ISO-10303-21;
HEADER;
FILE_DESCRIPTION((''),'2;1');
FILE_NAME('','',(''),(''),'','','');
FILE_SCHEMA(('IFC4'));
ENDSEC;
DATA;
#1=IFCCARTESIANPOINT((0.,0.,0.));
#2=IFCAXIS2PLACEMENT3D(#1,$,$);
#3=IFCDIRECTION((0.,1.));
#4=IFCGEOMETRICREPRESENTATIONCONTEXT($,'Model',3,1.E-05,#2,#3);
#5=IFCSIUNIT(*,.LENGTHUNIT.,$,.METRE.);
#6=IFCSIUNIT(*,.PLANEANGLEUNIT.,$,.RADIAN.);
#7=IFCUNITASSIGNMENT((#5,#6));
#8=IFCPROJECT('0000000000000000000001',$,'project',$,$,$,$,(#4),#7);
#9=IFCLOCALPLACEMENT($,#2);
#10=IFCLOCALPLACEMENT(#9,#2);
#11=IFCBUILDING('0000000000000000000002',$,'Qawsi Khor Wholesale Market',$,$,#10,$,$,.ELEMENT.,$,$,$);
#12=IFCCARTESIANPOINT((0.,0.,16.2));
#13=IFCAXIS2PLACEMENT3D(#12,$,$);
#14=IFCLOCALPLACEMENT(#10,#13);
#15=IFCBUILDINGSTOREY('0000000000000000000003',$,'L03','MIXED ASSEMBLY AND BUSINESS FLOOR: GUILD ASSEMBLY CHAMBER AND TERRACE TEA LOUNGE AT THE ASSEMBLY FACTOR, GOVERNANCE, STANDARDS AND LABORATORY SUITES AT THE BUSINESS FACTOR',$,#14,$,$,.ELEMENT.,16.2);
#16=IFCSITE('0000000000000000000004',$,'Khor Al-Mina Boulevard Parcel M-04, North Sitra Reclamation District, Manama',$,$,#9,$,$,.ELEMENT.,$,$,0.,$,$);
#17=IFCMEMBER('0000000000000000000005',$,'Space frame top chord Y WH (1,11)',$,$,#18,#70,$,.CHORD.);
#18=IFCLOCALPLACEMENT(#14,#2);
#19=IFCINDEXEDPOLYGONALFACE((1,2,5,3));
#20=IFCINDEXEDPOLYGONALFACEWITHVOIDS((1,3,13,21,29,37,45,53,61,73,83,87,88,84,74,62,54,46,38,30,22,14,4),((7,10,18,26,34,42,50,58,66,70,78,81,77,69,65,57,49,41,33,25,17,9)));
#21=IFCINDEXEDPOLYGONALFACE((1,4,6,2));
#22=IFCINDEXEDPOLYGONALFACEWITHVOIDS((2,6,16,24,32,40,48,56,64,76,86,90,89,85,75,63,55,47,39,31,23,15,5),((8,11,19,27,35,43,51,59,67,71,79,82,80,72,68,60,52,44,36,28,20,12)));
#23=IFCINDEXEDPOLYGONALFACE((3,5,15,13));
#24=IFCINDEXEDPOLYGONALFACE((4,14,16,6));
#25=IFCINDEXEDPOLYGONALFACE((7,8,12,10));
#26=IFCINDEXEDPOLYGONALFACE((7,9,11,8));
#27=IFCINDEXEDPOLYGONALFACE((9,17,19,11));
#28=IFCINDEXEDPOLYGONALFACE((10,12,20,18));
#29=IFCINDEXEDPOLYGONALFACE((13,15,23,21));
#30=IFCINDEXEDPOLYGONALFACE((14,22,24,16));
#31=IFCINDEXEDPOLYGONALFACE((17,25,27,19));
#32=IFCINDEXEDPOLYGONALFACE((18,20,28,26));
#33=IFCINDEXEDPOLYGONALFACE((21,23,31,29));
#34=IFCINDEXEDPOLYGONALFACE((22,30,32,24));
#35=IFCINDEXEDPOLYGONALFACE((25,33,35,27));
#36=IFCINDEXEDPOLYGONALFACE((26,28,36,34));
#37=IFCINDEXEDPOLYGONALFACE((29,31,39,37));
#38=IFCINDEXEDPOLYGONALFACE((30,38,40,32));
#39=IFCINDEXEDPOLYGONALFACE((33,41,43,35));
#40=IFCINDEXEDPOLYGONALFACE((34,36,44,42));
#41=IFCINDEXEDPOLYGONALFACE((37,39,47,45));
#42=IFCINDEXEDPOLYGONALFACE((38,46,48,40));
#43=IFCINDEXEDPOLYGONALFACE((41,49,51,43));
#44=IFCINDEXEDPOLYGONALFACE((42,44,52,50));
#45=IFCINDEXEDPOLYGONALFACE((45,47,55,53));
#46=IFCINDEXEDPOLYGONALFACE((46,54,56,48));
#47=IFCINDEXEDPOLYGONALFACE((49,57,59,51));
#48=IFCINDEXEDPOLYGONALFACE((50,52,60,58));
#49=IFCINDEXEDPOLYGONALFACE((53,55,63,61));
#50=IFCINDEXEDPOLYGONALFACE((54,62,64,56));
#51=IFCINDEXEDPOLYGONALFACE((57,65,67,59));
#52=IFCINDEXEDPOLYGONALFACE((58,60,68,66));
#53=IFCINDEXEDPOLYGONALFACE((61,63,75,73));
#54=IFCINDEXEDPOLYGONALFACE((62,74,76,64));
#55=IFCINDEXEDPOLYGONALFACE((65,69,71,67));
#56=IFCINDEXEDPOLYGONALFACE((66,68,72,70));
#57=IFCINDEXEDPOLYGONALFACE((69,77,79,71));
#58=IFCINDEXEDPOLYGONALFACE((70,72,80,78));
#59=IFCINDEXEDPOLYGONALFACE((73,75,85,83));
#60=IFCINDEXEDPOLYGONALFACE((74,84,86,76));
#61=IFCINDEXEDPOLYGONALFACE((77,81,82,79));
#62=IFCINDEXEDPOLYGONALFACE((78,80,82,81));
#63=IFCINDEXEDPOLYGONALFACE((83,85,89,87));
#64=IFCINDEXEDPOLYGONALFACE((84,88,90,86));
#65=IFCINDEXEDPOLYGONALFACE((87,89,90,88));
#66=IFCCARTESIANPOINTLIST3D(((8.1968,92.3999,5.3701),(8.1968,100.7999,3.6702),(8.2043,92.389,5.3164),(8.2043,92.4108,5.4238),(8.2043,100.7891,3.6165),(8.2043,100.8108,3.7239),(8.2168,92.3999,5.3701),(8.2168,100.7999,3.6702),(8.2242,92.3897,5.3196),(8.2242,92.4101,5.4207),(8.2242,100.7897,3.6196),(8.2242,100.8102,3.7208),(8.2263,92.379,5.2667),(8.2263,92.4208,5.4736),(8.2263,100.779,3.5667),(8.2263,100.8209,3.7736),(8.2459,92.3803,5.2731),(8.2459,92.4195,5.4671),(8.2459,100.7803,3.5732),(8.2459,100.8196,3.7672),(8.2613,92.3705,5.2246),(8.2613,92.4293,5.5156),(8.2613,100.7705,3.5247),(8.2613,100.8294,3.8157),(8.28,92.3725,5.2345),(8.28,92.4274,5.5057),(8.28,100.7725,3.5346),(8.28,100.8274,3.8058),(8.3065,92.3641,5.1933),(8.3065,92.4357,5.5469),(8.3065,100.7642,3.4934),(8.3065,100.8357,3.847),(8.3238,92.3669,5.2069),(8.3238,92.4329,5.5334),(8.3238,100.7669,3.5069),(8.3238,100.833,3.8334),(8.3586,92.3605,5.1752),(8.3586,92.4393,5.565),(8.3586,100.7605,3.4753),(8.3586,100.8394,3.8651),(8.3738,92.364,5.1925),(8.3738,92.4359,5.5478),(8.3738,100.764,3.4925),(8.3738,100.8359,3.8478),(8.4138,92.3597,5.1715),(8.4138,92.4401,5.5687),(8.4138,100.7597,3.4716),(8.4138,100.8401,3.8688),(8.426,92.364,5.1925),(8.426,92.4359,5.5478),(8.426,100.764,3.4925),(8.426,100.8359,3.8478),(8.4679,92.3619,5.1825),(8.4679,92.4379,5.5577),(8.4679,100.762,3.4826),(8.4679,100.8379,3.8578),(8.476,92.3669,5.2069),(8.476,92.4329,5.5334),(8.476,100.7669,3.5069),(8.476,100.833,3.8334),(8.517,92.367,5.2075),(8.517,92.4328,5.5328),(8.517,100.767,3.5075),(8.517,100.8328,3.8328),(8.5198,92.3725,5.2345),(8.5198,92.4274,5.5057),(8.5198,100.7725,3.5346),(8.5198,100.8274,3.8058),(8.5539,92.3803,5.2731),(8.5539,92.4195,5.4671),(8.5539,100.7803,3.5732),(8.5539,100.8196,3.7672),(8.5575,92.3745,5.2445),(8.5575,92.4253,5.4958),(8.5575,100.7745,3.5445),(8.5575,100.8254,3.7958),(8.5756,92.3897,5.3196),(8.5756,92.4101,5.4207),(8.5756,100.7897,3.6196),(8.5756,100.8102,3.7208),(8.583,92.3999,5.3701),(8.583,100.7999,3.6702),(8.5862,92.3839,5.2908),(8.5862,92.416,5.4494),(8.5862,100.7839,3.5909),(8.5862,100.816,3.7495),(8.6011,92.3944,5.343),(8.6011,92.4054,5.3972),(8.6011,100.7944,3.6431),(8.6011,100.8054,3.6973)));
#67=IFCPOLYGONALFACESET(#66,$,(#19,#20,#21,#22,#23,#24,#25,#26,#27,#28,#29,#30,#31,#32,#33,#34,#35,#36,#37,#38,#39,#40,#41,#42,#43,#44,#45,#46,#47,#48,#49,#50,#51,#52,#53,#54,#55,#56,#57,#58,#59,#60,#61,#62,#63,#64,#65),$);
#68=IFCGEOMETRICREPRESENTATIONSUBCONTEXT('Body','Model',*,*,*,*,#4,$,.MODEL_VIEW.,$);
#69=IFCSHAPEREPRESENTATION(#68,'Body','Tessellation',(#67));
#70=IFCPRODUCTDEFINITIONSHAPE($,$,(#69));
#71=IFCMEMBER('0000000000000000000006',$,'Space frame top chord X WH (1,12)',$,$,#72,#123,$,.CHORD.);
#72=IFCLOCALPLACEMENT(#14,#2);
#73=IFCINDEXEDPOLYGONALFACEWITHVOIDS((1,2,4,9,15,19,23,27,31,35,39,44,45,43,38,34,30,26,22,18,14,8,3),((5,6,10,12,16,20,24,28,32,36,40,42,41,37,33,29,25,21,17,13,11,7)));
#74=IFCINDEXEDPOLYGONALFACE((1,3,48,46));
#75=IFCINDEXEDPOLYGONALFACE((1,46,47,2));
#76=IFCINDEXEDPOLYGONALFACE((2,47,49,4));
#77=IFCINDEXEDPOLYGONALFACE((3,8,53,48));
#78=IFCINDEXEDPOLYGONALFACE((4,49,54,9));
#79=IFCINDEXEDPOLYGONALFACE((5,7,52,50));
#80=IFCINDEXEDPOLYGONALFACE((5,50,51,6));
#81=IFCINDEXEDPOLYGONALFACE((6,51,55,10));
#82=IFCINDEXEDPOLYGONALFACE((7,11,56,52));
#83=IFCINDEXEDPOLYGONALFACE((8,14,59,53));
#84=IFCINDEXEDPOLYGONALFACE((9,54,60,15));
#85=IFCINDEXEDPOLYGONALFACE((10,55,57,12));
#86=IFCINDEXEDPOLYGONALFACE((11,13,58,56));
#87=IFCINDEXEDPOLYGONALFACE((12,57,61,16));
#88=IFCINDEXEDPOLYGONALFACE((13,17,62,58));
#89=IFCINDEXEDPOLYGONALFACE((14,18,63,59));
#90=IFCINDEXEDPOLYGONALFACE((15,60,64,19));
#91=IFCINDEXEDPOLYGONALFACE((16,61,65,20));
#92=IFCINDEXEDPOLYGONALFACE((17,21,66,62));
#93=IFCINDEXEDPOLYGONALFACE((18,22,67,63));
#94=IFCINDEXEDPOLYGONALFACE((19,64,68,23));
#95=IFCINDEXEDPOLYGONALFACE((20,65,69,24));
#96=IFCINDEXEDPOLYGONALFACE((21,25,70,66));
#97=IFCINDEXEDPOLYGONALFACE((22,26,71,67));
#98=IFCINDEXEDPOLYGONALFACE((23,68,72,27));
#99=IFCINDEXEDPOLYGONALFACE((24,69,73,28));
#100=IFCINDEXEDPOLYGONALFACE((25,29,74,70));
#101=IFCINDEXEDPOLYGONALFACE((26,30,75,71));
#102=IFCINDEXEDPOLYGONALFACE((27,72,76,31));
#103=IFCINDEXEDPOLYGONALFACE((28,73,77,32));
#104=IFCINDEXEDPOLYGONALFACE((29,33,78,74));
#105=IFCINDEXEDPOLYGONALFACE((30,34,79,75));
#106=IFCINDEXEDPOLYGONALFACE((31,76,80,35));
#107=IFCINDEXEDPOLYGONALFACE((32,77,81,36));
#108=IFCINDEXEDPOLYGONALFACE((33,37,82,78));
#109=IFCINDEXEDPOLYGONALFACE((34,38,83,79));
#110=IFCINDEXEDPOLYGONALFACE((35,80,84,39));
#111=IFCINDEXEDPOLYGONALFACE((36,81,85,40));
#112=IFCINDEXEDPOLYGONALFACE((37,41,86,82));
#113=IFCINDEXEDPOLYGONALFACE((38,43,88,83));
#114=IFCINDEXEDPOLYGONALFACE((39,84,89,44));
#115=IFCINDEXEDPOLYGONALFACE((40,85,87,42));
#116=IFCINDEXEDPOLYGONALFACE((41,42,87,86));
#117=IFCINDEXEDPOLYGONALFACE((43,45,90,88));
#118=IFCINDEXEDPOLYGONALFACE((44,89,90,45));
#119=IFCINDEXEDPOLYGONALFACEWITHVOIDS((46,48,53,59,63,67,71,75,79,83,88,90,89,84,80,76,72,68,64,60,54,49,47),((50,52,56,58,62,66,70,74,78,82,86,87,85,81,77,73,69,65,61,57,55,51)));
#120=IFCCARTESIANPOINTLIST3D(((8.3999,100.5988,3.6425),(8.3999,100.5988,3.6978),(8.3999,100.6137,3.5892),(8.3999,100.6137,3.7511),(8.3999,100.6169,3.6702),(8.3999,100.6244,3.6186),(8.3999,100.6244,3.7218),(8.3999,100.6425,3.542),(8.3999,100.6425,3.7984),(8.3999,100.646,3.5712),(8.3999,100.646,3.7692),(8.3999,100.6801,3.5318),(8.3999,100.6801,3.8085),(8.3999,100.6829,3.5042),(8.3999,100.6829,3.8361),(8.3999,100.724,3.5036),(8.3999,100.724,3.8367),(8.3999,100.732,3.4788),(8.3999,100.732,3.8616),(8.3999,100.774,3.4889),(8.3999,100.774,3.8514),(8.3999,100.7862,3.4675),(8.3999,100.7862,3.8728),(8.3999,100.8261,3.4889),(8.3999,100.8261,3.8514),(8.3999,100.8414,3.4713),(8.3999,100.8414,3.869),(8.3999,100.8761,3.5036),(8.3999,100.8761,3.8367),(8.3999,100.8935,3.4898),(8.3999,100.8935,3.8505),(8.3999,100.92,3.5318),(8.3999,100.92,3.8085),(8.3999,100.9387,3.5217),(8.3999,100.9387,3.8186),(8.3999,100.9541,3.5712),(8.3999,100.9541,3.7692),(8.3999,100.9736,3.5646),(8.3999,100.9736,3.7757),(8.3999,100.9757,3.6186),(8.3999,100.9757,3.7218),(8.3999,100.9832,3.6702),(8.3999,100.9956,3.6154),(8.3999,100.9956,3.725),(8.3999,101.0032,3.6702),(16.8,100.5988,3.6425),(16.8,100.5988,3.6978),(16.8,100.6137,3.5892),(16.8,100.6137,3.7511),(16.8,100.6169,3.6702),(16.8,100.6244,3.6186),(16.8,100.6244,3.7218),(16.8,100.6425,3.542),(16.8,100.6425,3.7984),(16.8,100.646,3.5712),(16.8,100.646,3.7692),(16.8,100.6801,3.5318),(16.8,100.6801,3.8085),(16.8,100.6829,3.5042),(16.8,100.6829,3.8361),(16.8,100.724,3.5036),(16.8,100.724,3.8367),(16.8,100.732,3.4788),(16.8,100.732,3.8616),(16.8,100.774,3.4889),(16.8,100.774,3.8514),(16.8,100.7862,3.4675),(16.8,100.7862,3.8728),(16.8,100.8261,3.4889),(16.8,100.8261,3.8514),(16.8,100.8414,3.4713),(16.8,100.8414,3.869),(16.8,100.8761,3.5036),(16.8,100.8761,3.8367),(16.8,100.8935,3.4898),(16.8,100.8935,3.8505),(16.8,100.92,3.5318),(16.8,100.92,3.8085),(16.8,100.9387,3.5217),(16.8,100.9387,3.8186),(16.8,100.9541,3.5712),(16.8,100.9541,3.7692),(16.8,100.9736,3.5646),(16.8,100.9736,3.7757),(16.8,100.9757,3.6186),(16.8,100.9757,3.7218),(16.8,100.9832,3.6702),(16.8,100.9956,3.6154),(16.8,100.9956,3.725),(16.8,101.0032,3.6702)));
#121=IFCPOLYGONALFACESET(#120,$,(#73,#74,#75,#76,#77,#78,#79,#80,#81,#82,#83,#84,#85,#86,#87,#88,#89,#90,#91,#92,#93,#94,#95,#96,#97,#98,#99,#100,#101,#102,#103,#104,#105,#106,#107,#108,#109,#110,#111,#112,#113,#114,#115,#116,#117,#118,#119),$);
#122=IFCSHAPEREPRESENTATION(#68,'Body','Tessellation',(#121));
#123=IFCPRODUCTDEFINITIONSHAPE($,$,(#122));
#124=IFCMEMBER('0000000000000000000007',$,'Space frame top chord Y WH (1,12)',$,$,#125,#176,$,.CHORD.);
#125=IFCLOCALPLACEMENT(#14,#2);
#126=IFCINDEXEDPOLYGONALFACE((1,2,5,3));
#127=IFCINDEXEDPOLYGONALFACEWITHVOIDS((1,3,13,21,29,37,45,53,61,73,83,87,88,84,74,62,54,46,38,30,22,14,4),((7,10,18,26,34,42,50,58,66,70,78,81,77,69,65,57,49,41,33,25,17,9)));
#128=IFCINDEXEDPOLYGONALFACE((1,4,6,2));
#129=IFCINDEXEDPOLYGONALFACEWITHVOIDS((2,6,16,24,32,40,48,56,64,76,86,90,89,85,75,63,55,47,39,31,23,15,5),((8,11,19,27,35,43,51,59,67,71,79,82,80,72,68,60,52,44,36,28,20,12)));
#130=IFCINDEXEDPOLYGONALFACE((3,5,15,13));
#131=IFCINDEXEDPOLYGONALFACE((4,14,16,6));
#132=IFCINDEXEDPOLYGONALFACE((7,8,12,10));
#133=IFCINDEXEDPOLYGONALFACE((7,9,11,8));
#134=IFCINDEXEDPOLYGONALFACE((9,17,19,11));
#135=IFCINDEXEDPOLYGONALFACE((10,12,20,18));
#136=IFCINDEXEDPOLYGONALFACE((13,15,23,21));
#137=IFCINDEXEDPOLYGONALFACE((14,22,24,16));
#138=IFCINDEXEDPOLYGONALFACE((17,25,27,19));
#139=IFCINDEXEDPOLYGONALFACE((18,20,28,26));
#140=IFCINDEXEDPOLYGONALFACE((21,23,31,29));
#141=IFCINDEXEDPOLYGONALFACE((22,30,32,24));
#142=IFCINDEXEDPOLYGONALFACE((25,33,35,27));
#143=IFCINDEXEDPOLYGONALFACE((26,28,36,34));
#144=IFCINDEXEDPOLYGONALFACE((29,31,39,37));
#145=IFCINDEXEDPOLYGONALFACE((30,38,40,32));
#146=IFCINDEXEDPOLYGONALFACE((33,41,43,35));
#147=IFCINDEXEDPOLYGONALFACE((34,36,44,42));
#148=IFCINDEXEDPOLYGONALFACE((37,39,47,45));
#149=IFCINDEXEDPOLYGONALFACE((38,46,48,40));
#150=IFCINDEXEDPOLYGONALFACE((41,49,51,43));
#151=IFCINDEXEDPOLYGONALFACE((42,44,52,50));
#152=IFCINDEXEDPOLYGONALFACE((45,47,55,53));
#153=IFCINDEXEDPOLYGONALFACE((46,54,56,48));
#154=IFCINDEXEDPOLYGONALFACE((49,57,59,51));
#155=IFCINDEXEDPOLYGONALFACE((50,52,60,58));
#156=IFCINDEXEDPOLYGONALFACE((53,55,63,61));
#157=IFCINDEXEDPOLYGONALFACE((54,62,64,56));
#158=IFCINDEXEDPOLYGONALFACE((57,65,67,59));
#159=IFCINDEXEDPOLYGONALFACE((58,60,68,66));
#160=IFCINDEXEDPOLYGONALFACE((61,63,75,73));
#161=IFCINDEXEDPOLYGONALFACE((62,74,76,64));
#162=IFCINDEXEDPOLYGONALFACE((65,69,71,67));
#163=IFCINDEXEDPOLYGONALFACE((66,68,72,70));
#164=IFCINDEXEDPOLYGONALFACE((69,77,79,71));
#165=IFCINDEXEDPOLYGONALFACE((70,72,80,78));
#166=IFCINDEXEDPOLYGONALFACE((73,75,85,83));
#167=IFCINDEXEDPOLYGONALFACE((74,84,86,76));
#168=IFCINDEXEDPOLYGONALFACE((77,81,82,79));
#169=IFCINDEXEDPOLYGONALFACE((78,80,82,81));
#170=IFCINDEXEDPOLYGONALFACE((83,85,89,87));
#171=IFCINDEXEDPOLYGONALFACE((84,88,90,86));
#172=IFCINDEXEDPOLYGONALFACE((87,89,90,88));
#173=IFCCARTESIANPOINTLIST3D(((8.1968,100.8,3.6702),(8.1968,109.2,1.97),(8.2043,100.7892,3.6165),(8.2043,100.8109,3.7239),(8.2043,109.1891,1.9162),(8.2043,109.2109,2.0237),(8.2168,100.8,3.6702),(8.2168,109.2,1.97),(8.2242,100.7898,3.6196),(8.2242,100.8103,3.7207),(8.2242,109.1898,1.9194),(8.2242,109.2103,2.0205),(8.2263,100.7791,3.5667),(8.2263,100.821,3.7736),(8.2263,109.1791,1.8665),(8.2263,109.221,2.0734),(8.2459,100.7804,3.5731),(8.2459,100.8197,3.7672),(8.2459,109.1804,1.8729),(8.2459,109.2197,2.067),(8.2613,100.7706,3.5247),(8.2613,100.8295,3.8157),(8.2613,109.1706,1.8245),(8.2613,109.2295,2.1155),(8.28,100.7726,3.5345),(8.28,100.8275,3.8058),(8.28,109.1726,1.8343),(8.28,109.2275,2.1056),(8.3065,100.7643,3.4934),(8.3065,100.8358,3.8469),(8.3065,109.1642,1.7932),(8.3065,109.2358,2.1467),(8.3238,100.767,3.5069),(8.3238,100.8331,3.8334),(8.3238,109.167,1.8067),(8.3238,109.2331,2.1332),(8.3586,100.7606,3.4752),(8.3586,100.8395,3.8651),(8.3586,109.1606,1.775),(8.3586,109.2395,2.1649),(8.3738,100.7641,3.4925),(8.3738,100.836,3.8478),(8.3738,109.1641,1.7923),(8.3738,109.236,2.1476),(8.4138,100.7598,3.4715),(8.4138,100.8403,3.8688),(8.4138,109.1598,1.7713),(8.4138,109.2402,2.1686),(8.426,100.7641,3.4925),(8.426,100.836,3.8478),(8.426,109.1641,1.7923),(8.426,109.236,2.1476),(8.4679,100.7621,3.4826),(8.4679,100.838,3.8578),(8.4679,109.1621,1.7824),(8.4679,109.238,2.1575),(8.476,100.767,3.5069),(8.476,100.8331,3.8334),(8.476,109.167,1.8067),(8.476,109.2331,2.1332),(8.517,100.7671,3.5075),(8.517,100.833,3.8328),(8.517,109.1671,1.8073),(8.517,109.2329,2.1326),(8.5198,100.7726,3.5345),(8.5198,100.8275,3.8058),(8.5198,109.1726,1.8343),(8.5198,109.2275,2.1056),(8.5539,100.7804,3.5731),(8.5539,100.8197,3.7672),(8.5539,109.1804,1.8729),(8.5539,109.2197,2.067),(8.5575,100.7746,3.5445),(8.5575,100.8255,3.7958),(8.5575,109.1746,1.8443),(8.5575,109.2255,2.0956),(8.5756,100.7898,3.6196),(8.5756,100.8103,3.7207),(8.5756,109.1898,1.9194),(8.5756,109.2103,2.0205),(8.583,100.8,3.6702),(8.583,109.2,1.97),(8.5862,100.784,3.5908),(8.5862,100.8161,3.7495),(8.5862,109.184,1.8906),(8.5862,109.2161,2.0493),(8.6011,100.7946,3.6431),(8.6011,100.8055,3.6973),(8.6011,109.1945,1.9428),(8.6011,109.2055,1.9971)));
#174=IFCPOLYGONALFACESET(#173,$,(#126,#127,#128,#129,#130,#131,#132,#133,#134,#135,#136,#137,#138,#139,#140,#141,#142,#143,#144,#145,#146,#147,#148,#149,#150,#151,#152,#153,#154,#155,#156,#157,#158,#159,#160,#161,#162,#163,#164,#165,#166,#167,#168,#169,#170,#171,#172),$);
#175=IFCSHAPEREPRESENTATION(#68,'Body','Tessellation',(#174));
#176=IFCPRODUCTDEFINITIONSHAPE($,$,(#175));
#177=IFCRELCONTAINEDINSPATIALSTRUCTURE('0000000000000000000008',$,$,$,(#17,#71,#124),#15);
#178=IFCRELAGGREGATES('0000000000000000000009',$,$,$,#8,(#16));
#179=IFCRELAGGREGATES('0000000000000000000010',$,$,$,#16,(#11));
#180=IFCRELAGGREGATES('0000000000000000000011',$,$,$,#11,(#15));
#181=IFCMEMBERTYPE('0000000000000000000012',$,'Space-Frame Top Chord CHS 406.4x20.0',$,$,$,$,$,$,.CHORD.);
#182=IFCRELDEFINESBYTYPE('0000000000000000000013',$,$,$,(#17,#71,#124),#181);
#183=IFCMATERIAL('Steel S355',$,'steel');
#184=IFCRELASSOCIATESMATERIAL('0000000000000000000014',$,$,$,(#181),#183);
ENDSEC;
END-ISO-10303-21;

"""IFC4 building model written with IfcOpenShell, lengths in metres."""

from ifc_helpers import new_model, si_unit, direction, frame, origin, origin_2d, place, context, subcontext, project, spatial, hollow_circle, extrude, material, material_profile, profile_set, type_object, element, save


model = new_model("IFC4")

# Units and contexts
model_context = context("Model", 3, precision=1e-05, world=origin(), true_north=direction((0.0, 1.0)))
body_context = subcontext(model_context, "Body", "Model", "MODEL_VIEW")
ifc_project = project(units=[si_unit("LENGTHUNIT", "METRE"), si_unit("PLANEANGLEUNIT", "RADIAN")], contexts=[model_context])

# Site, building, storey
site_placement = place(None, origin())
site = spatial("IfcSite", under=ifc_project, at=site_placement, Name="Khor Al-Mina Boulevard Parcel M-04, North Sitra Reclamation District, Manama", CompositionType="ELEMENT", RefElevation=0.0)
building_placement = place(site_placement, origin())
building = spatial("IfcBuilding", under=site, at=building_placement, Name="Qawsi Khor Wholesale Market", CompositionType="ELEMENT")
storey_placement = place(building_placement, frame((0.0, 0.0, 16.2)))
storey = spatial("IfcBuildingStorey", under=building, at=storey_placement, Name="L03", Description="MIXED ASSEMBLY AND BUSINESS FLOOR: GUILD ASSEMBLY CHAMBER AND TERRACE TEA LOUNGE AT THE ASSEMBLY FACTOR, GOVERNANCE, STANDARDS AND LABORATORY SUITES AT THE BUSINESS FACTOR", CompositionType="ELEMENT", Elevation=16.2)

# Members
ifc_material_1 = material(Name="Steel S355", Category="steel")
ifc_material_profile_1 = material_profile(ifc_material_1, hollow_circle(Radius=0.2031, WallThickness=0.02, at=origin_2d()), Name="CHS 406.4x20.0")
ifc_profile_set_1 = profile_set([ifc_material_profile_1], Name="Steel S355")
member_type_1 = type_object("IfcMemberType", Name="Space-Frame Top Chord CHS 406.4x20.0", PredefinedType="CHORD", material=ifc_profile_set_1)
member_1_placement = place(storey_placement, frame((8.3999, 92.3999, 5.3701), z_axis=(0.0, 0.980131, -0.198351), x_axis=(-1.0, 0.0, 0.0)))
element("IfcMember", 1, at=member_1_placement, inside=storey, type_object=member_type_1, Name="Space frame top chord Y WH (1,11)", PredefinedType="CHORD", context=body_context, shape_type="SweptSolid", body=[
    extrude(hollow_circle(Radius=0.2031, WallThickness=0.02, at=origin_2d()), origin(), (0.0, 0.0, 1.0), 8.5703),
])
member_2_placement = place(storey_placement, frame((8.3999, 100.8, 3.6702), z_axis=(1.0, 0.0, 0.0), x_axis=(0.0, 1.0, 0.0)))
element("IfcMember", 2, at=member_2_placement, inside=storey, type_object=member_type_1, Name="Space frame top chord X WH (1,12)", PredefinedType="CHORD", context=body_context, shape_type="SweptSolid", body=[
    extrude(hollow_circle(Radius=0.2031, WallThickness=0.02, at=origin_2d()), origin(), (0.0, 0.0, 1.0), 8.4001),
])
member_3_placement = place(storey_placement, frame((8.3999, 100.8, 3.6702), z_axis=(0.0, 0.980124, -0.198384), x_axis=(-1.0, 0.0, 0.0)))
element("IfcMember", 3, at=member_3_placement, inside=storey, type_object=member_type_1, Name="Space frame top chord Y WH (1,12)", PredefinedType="CHORD", context=body_context, shape_type="SweptSolid", body=[
    extrude(hollow_circle(Radius=0.2031, WallThickness=0.02, at=origin_2d()), origin(), (0.0, 0.0, 1.0), 8.5703),
])

save(model, "model.ifc")
